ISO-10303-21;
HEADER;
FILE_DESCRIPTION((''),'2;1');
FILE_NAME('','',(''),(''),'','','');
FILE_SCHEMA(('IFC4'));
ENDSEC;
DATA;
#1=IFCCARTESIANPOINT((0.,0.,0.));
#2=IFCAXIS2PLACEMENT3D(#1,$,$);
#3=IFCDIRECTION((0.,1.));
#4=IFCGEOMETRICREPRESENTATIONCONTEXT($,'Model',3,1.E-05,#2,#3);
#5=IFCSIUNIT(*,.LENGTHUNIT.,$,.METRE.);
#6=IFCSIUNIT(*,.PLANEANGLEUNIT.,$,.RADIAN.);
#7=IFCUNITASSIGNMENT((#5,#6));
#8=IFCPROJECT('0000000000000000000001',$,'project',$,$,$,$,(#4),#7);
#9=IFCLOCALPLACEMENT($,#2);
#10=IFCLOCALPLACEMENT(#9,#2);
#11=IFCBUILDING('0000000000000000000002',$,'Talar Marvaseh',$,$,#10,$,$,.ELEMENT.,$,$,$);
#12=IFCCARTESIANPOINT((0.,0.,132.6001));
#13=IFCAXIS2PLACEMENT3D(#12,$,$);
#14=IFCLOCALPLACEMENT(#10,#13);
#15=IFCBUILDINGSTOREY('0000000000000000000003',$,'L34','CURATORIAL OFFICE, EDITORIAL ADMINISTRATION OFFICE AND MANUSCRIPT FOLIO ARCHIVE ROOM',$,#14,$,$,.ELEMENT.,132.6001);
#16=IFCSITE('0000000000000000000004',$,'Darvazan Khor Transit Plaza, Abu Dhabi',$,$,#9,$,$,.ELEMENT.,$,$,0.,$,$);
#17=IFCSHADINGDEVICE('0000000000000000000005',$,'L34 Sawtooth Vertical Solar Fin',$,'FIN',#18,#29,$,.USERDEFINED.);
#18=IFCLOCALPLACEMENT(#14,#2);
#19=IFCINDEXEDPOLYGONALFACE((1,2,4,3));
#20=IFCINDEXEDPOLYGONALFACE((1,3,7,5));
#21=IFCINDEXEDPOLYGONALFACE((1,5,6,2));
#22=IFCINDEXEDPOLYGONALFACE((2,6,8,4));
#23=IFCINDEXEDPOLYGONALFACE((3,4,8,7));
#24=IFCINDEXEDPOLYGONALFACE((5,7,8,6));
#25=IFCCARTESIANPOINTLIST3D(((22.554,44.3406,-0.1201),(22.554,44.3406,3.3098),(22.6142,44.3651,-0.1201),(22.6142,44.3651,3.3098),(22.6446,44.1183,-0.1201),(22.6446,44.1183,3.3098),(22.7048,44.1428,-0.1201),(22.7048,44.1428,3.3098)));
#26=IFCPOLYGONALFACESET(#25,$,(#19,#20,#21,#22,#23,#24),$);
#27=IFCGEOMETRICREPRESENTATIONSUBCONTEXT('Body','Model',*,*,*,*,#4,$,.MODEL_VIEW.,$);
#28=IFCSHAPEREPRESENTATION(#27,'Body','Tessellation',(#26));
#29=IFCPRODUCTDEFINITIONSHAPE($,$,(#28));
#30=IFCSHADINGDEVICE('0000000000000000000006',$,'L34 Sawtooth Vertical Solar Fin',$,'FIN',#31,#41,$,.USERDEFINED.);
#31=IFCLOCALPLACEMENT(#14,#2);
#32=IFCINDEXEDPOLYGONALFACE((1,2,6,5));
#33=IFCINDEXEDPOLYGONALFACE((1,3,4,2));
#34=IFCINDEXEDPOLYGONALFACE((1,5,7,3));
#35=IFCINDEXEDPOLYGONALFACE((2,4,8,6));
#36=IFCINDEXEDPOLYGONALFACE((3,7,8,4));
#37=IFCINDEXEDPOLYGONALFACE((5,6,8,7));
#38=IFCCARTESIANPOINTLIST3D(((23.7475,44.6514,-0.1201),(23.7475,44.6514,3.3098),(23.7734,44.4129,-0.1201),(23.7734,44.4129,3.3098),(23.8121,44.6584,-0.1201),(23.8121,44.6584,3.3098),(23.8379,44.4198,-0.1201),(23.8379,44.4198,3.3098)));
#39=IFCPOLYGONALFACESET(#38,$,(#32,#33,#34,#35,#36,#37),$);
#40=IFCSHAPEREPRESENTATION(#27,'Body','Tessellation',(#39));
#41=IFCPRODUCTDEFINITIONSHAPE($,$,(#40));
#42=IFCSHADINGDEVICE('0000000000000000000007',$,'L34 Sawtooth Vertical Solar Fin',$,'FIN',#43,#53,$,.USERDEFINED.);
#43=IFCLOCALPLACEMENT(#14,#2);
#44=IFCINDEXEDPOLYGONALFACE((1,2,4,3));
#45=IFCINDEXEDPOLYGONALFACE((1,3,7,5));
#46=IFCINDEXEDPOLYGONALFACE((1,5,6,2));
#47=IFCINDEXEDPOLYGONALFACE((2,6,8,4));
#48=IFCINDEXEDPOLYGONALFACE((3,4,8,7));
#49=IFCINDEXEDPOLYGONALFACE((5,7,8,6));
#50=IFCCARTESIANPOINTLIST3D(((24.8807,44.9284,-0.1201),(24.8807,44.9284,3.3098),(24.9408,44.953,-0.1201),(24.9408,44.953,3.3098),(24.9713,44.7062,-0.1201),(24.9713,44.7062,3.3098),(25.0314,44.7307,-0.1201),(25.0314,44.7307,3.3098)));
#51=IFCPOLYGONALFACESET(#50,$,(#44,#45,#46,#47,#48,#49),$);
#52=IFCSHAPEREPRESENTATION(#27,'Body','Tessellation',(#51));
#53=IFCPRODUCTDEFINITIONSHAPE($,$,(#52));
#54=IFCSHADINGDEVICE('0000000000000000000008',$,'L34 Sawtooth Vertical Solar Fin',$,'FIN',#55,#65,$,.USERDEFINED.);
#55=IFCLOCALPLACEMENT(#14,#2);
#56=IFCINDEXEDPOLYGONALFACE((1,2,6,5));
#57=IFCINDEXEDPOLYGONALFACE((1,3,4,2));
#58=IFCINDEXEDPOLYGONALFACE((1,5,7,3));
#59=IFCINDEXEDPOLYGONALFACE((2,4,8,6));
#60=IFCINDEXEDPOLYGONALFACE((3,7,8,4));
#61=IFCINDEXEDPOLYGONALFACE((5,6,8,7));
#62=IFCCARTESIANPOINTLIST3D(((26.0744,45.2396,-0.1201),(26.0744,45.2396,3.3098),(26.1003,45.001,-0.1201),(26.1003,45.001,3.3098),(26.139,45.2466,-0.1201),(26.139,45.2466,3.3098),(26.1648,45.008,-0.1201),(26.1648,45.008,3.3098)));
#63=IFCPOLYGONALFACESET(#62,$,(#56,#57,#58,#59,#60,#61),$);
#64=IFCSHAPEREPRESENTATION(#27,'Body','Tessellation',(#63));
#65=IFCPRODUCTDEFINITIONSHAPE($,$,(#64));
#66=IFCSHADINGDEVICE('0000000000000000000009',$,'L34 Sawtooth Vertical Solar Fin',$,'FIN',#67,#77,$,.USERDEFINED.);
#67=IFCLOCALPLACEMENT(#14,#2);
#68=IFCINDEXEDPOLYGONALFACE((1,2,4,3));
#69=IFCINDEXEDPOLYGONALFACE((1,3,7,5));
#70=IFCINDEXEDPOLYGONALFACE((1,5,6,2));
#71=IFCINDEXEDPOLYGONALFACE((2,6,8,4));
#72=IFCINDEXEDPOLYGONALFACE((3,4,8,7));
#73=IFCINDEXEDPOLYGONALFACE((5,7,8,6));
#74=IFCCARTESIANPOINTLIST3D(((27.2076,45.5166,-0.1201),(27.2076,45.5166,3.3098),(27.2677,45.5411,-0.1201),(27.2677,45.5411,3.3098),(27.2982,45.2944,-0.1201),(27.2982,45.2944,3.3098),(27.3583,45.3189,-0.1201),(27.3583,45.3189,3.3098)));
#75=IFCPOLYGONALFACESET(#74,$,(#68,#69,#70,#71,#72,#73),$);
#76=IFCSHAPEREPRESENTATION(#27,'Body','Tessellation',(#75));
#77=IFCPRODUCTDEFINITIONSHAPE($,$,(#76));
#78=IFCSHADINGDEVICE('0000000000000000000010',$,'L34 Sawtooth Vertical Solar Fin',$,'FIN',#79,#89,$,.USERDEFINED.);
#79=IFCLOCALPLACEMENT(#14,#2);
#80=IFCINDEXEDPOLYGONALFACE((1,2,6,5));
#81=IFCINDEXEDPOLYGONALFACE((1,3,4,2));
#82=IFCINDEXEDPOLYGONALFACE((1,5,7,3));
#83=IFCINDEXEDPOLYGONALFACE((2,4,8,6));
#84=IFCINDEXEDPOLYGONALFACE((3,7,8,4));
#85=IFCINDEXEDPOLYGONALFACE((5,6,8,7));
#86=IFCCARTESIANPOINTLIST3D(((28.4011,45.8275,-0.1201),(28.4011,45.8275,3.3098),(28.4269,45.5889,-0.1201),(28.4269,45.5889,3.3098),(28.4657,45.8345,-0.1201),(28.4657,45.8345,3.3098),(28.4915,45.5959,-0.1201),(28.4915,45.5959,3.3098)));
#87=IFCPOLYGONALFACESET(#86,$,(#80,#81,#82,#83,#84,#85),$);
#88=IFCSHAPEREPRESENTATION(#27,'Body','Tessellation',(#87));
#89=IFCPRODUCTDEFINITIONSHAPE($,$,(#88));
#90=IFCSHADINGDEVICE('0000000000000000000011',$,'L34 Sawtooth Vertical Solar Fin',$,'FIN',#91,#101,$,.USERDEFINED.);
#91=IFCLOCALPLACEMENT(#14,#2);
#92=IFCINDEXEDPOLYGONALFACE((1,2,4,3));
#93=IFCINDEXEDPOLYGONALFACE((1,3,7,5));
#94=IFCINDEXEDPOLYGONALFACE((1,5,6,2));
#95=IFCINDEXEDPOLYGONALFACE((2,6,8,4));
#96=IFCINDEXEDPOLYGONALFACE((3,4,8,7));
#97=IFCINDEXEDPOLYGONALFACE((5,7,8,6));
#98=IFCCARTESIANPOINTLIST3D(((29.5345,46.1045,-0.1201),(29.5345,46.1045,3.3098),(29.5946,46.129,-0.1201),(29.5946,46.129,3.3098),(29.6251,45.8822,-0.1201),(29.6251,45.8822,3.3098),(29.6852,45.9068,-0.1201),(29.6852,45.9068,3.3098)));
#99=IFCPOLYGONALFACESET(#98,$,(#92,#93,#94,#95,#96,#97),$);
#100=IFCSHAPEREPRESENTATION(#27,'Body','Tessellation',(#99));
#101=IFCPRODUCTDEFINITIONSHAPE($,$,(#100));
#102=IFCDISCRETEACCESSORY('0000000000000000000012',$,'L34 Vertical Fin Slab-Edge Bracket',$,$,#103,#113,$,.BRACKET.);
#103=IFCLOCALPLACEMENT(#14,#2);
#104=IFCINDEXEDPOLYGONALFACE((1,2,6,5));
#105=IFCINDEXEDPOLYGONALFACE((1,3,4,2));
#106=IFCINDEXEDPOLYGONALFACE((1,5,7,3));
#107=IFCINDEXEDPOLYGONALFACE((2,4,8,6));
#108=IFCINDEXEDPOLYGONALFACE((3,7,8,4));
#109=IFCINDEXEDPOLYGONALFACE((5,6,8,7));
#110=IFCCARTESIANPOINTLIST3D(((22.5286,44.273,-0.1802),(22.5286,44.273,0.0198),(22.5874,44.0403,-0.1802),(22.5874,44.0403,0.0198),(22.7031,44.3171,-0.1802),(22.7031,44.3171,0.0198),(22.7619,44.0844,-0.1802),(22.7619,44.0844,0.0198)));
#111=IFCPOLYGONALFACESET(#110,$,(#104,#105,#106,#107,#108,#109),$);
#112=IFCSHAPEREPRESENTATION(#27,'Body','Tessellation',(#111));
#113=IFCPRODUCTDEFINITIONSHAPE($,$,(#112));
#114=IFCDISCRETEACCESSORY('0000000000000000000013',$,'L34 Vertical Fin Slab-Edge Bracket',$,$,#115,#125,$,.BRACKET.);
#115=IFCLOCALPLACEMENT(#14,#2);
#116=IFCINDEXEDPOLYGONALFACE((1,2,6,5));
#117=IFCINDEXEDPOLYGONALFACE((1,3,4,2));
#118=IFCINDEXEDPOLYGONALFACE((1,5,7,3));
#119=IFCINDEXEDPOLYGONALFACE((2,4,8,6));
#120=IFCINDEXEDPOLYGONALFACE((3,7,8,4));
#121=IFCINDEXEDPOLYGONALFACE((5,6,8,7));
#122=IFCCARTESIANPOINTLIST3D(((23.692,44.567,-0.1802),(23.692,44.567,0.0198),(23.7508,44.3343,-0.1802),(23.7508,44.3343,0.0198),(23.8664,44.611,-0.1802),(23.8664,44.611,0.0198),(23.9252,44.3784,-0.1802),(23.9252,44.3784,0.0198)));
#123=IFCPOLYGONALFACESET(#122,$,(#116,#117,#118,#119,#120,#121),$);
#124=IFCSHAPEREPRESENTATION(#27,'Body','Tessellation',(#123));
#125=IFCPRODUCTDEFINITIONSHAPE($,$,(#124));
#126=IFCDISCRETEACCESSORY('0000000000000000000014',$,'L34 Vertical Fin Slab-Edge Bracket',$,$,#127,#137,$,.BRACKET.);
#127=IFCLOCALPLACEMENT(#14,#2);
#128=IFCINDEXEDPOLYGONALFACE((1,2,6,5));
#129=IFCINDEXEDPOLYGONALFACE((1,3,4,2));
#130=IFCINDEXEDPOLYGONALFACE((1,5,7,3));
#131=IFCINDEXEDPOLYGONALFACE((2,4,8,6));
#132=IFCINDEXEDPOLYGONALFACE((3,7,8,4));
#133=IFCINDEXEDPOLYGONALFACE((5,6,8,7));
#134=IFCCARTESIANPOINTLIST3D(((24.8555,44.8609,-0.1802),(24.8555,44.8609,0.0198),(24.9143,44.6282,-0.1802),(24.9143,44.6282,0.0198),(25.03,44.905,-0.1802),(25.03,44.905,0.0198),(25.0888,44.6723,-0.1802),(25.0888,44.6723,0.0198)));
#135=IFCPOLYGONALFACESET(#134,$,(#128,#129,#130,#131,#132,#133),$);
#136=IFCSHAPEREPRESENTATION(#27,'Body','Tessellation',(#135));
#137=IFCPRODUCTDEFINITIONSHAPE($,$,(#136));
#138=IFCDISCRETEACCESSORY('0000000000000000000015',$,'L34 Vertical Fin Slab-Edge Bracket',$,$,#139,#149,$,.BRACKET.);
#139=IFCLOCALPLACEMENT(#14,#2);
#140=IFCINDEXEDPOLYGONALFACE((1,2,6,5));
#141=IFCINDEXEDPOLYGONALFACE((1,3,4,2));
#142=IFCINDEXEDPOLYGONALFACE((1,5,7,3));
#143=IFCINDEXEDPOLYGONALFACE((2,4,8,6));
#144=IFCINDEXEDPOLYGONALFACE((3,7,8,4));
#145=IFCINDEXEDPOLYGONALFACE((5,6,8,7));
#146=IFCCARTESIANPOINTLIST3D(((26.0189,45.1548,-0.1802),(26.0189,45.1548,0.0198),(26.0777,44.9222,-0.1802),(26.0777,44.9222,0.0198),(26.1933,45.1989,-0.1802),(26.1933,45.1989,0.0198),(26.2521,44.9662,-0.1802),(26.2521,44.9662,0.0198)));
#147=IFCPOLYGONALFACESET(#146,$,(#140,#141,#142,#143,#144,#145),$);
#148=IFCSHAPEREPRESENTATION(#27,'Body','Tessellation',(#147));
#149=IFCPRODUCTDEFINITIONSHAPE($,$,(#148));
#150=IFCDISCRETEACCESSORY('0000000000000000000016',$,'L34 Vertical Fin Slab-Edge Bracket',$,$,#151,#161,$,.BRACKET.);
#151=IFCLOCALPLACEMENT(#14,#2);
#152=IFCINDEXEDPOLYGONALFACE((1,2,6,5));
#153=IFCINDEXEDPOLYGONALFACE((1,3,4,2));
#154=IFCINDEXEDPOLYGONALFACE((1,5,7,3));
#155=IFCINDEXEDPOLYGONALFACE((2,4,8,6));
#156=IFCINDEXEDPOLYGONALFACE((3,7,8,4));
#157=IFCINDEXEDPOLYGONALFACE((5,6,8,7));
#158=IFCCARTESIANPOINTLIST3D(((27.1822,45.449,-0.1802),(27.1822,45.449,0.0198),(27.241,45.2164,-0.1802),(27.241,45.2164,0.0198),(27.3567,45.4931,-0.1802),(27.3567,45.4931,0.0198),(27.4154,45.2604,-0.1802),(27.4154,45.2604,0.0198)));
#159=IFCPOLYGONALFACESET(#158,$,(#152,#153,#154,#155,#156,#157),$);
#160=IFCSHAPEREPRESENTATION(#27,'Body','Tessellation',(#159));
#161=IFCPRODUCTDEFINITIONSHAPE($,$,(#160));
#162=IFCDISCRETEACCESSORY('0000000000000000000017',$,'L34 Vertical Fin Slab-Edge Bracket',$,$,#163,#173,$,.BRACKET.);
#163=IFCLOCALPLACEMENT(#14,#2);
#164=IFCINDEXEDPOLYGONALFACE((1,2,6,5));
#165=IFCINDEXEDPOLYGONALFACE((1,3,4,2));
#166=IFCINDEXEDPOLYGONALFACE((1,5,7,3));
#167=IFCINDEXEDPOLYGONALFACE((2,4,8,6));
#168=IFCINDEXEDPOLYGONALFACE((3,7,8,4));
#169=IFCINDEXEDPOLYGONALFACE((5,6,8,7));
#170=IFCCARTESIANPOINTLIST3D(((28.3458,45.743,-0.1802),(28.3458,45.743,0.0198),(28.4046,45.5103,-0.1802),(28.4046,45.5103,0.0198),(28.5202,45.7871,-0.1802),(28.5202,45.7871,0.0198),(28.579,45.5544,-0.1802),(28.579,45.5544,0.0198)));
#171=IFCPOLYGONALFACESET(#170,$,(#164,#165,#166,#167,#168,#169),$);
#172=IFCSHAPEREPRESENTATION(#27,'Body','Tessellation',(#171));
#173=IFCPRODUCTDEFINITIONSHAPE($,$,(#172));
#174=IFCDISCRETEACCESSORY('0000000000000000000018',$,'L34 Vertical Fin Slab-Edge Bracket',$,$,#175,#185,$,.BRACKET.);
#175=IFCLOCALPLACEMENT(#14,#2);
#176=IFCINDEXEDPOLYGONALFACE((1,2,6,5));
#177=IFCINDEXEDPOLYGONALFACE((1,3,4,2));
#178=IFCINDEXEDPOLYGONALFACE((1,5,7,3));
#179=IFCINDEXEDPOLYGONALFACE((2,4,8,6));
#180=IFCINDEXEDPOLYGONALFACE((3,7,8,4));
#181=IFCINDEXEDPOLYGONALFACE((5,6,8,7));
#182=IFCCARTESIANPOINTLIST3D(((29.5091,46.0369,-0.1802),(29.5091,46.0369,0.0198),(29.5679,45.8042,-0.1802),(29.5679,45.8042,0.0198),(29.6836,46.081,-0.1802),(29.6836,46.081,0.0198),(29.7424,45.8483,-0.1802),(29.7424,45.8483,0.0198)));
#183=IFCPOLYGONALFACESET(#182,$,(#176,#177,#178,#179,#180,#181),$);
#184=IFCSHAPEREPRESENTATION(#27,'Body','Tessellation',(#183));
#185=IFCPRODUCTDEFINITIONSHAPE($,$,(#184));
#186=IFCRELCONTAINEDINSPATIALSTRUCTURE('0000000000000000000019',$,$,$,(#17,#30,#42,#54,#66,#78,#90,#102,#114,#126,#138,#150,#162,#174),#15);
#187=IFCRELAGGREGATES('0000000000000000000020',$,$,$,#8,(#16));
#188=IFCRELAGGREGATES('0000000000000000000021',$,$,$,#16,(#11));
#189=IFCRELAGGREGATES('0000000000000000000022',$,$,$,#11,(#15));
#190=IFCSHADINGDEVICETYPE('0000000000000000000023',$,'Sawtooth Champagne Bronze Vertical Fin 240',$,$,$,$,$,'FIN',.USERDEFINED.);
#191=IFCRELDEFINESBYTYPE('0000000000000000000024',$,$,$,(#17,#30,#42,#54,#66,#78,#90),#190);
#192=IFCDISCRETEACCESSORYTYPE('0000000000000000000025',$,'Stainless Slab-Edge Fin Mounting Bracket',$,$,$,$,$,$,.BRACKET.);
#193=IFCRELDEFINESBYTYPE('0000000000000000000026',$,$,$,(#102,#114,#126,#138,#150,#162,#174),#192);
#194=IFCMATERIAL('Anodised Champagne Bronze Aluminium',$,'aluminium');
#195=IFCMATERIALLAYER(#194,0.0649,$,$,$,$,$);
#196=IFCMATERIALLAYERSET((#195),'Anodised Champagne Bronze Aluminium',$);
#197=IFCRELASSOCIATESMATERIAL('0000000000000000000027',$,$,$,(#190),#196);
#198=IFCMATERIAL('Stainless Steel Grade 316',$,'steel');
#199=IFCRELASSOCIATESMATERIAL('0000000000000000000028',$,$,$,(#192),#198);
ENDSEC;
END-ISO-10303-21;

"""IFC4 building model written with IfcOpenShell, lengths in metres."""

from ifc_helpers import new_model, si_unit, direction, frame, origin, origin_2d, place, context, subcontext, project, spatial, rectangle, extrude, source, transform, mapped, material, layer, layer_set, type_object, type_shapes, element, save


model = new_model("IFC4")

# Units and contexts
model_context = context("Model", 3, precision=1e-05, world=origin(), true_north=direction((0.0, 1.0)))
body_context = subcontext(model_context, "Body", "Model", "MODEL_VIEW")
ifc_project = project(units=[si_unit("LENGTHUNIT", "METRE"), si_unit("PLANEANGLEUNIT", "RADIAN")], contexts=[model_context])

# Site, building, storey
site_placement = place(None, origin())
site = spatial("IfcSite", under=ifc_project, at=site_placement, Name="Darvazan Khor Transit Plaza, Abu Dhabi", CompositionType="ELEMENT", RefElevation=0.0)
building_placement = place(site_placement, origin())
building = spatial("IfcBuilding", under=site, at=building_placement, Name="Talar Marvaseh", CompositionType="ELEMENT")
storey_placement = place(building_placement, frame((0.0, 0.0, 132.6001)))
storey = spatial("IfcBuildingStorey", under=building, at=storey_placement, Name="L34", Description="CURATORIAL OFFICE, EDITORIAL ADMINISTRATION OFFICE AND MANUSCRIPT FOLIO ARCHIVE ROOM", CompositionType="ELEMENT", Elevation=132.6001)

# Shading devices
ifc_material_1 = material(Name="Anodised Champagne Bronze Aluminium", Category="aluminium")
ifc_layer_1 = layer(ifc_material_1, 0.0649)
ifc_layer_set_1 = layer_set([ifc_layer_1], Name="Anodised Champagne Bronze Aluminium")
shading_device_type = type_object("IfcShadingDeviceType", Name="Sawtooth Champagne Bronze Vertical Fin 240", ElementType="FIN", PredefinedType="USERDEFINED", material=ifc_layer_set_1)
shared_shape_1 = source(origin(), body_context, "Body", "SweptSolid", [
    extrude(rectangle(XDim=0.24, YDim=0.0649, at=origin_2d()), origin(), (0.0, 0.0, 1.0), 3.4299),
])
type_shapes(shading_device_type, [shared_shape_1])
for number, where, z_axis, x_axis, name in (
    (1, (22.6294, 44.2417, -0.1201), (0.0, 0.0, 1.0), (-0.377518, 0.926002, 0.0), "L34 Sawtooth Vertical Solar Fin"),
    (2, (23.7927, 44.5356, -0.1201), (0.0, 0.0, 1.0), (-0.107652, 0.994189, 0.0), "L34 Sawtooth Vertical Solar Fin"),
    (3, (24.9561, 44.8296, -0.1201), (0.0, 0.0, 1.0), (-0.377518, 0.926002, 0.0), "L34 Sawtooth Vertical Solar Fin"),
    (4, (26.1196, 45.1238, -0.1201), (0.0, 0.0, 1.0), (-0.107652, 0.994189, 0.0), "L34 Sawtooth Vertical Solar Fin"),
    (5, (27.283, 45.4177, -0.1201), (0.0, 0.0, 1.0), (-0.377518, 0.926002, 0.0), "L34 Sawtooth Vertical Solar Fin"),
    (6, (28.4463, 45.7117, -0.1201), (0.0, 0.0, 1.0), (-0.107652, 0.994189, 0.0), "L34 Sawtooth Vertical Solar Fin"),
    (7, (29.6099, 46.0056, -0.1201), (0.0, 0.0, 1.0), (-0.377518, 0.926002, 0.0), "L34 Sawtooth Vertical Solar Fin"),
):
    element("IfcShadingDevice", number, at=place(storey_placement, frame(where, z_axis=z_axis, x_axis=x_axis)), inside=storey, type_object=shading_device_type, Name=name, ObjectType="FIN", PredefinedType="USERDEFINED", context=body_context, shape_type="MappedRepresentation", body=[
        mapped(shared_shape_1, transform((0.0, 0.0, 0.0), x_axis=(1.0, 0.0, 0.0), y_axis=(0.0, 1.0, 0.0), z_axis=(0.0, 0.0, 1.0), scale=1.0)),
    ])

# Discrete accessories
ifc_material_2 = material(Name="Stainless Steel Grade 316", Category="steel")
discrete_accessory_type = type_object("IfcDiscreteAccessoryType", Name="Stainless Slab-Edge Fin Mounting Bracket", PredefinedType="BRACKET", material=ifc_material_2)
shared_shape_2 = source(origin(), body_context, "Body", "SweptSolid", [
    extrude(rectangle(XDim=0.24, YDim=0.1799, at=origin_2d()), origin(), (0.0, 0.0, 1.0), 0.2),
])
type_shapes(discrete_accessory_type, [shared_shape_2])
for number, where, z_axis, x_axis, name in (
    (8, (22.6453, 44.1787, -0.1802), (0.0, 0.0, 1.0), (-0.244969, 0.969531, 0.0), "L34 Vertical Fin Slab-Edge Bracket"),
    (9, (23.8086, 44.4727, -0.1802), (0.0, 0.0, 1.0), (-0.244969, 0.969531, 0.0), "L34 Vertical Fin Slab-Edge Bracket"),
    (10, (24.9722, 44.7666, -0.1802), (0.0, 0.0, 1.0), (-0.244969, 0.969531, 0.0), "L34 Vertical Fin Slab-Edge Bracket"),
    (11, (26.1355, 45.0605, -0.1802), (0.0, 0.0, 1.0), (-0.244969, 0.969531, 0.0), "L34 Vertical Fin Slab-Edge Bracket"),
    (12, (27.2988, 45.3547, -0.1802), (0.0, 0.0, 1.0), (-0.244969, 0.969531, 0.0), "L34 Vertical Fin Slab-Edge Bracket"),
    (13, (28.4624, 45.6487, -0.1802), (0.0, 0.0, 1.0), (-0.244969, 0.969531, 0.0), "L34 Vertical Fin Slab-Edge Bracket"),
    (14, (29.6257, 45.9426, -0.1802), (0.0, 0.0, 1.0), (-0.244969, 0.969531, 0.0), "L34 Vertical Fin Slab-Edge Bracket"),
):
    element("IfcDiscreteAccessory", number, at=place(storey_placement, frame(where, z_axis=z_axis, x_axis=x_axis)), inside=storey, type_object=discrete_accessory_type, Name=name, PredefinedType="BRACKET", context=body_context, shape_type="MappedRepresentation", body=[
        mapped(shared_shape_2, transform((0.0, 0.0, 0.0), x_axis=(1.0, 0.0, 0.0), y_axis=(0.0, 1.0, 0.0), z_axis=(0.0, 0.0, 1.0), scale=1.0)),
    ])

save(model, "model.ifc")
